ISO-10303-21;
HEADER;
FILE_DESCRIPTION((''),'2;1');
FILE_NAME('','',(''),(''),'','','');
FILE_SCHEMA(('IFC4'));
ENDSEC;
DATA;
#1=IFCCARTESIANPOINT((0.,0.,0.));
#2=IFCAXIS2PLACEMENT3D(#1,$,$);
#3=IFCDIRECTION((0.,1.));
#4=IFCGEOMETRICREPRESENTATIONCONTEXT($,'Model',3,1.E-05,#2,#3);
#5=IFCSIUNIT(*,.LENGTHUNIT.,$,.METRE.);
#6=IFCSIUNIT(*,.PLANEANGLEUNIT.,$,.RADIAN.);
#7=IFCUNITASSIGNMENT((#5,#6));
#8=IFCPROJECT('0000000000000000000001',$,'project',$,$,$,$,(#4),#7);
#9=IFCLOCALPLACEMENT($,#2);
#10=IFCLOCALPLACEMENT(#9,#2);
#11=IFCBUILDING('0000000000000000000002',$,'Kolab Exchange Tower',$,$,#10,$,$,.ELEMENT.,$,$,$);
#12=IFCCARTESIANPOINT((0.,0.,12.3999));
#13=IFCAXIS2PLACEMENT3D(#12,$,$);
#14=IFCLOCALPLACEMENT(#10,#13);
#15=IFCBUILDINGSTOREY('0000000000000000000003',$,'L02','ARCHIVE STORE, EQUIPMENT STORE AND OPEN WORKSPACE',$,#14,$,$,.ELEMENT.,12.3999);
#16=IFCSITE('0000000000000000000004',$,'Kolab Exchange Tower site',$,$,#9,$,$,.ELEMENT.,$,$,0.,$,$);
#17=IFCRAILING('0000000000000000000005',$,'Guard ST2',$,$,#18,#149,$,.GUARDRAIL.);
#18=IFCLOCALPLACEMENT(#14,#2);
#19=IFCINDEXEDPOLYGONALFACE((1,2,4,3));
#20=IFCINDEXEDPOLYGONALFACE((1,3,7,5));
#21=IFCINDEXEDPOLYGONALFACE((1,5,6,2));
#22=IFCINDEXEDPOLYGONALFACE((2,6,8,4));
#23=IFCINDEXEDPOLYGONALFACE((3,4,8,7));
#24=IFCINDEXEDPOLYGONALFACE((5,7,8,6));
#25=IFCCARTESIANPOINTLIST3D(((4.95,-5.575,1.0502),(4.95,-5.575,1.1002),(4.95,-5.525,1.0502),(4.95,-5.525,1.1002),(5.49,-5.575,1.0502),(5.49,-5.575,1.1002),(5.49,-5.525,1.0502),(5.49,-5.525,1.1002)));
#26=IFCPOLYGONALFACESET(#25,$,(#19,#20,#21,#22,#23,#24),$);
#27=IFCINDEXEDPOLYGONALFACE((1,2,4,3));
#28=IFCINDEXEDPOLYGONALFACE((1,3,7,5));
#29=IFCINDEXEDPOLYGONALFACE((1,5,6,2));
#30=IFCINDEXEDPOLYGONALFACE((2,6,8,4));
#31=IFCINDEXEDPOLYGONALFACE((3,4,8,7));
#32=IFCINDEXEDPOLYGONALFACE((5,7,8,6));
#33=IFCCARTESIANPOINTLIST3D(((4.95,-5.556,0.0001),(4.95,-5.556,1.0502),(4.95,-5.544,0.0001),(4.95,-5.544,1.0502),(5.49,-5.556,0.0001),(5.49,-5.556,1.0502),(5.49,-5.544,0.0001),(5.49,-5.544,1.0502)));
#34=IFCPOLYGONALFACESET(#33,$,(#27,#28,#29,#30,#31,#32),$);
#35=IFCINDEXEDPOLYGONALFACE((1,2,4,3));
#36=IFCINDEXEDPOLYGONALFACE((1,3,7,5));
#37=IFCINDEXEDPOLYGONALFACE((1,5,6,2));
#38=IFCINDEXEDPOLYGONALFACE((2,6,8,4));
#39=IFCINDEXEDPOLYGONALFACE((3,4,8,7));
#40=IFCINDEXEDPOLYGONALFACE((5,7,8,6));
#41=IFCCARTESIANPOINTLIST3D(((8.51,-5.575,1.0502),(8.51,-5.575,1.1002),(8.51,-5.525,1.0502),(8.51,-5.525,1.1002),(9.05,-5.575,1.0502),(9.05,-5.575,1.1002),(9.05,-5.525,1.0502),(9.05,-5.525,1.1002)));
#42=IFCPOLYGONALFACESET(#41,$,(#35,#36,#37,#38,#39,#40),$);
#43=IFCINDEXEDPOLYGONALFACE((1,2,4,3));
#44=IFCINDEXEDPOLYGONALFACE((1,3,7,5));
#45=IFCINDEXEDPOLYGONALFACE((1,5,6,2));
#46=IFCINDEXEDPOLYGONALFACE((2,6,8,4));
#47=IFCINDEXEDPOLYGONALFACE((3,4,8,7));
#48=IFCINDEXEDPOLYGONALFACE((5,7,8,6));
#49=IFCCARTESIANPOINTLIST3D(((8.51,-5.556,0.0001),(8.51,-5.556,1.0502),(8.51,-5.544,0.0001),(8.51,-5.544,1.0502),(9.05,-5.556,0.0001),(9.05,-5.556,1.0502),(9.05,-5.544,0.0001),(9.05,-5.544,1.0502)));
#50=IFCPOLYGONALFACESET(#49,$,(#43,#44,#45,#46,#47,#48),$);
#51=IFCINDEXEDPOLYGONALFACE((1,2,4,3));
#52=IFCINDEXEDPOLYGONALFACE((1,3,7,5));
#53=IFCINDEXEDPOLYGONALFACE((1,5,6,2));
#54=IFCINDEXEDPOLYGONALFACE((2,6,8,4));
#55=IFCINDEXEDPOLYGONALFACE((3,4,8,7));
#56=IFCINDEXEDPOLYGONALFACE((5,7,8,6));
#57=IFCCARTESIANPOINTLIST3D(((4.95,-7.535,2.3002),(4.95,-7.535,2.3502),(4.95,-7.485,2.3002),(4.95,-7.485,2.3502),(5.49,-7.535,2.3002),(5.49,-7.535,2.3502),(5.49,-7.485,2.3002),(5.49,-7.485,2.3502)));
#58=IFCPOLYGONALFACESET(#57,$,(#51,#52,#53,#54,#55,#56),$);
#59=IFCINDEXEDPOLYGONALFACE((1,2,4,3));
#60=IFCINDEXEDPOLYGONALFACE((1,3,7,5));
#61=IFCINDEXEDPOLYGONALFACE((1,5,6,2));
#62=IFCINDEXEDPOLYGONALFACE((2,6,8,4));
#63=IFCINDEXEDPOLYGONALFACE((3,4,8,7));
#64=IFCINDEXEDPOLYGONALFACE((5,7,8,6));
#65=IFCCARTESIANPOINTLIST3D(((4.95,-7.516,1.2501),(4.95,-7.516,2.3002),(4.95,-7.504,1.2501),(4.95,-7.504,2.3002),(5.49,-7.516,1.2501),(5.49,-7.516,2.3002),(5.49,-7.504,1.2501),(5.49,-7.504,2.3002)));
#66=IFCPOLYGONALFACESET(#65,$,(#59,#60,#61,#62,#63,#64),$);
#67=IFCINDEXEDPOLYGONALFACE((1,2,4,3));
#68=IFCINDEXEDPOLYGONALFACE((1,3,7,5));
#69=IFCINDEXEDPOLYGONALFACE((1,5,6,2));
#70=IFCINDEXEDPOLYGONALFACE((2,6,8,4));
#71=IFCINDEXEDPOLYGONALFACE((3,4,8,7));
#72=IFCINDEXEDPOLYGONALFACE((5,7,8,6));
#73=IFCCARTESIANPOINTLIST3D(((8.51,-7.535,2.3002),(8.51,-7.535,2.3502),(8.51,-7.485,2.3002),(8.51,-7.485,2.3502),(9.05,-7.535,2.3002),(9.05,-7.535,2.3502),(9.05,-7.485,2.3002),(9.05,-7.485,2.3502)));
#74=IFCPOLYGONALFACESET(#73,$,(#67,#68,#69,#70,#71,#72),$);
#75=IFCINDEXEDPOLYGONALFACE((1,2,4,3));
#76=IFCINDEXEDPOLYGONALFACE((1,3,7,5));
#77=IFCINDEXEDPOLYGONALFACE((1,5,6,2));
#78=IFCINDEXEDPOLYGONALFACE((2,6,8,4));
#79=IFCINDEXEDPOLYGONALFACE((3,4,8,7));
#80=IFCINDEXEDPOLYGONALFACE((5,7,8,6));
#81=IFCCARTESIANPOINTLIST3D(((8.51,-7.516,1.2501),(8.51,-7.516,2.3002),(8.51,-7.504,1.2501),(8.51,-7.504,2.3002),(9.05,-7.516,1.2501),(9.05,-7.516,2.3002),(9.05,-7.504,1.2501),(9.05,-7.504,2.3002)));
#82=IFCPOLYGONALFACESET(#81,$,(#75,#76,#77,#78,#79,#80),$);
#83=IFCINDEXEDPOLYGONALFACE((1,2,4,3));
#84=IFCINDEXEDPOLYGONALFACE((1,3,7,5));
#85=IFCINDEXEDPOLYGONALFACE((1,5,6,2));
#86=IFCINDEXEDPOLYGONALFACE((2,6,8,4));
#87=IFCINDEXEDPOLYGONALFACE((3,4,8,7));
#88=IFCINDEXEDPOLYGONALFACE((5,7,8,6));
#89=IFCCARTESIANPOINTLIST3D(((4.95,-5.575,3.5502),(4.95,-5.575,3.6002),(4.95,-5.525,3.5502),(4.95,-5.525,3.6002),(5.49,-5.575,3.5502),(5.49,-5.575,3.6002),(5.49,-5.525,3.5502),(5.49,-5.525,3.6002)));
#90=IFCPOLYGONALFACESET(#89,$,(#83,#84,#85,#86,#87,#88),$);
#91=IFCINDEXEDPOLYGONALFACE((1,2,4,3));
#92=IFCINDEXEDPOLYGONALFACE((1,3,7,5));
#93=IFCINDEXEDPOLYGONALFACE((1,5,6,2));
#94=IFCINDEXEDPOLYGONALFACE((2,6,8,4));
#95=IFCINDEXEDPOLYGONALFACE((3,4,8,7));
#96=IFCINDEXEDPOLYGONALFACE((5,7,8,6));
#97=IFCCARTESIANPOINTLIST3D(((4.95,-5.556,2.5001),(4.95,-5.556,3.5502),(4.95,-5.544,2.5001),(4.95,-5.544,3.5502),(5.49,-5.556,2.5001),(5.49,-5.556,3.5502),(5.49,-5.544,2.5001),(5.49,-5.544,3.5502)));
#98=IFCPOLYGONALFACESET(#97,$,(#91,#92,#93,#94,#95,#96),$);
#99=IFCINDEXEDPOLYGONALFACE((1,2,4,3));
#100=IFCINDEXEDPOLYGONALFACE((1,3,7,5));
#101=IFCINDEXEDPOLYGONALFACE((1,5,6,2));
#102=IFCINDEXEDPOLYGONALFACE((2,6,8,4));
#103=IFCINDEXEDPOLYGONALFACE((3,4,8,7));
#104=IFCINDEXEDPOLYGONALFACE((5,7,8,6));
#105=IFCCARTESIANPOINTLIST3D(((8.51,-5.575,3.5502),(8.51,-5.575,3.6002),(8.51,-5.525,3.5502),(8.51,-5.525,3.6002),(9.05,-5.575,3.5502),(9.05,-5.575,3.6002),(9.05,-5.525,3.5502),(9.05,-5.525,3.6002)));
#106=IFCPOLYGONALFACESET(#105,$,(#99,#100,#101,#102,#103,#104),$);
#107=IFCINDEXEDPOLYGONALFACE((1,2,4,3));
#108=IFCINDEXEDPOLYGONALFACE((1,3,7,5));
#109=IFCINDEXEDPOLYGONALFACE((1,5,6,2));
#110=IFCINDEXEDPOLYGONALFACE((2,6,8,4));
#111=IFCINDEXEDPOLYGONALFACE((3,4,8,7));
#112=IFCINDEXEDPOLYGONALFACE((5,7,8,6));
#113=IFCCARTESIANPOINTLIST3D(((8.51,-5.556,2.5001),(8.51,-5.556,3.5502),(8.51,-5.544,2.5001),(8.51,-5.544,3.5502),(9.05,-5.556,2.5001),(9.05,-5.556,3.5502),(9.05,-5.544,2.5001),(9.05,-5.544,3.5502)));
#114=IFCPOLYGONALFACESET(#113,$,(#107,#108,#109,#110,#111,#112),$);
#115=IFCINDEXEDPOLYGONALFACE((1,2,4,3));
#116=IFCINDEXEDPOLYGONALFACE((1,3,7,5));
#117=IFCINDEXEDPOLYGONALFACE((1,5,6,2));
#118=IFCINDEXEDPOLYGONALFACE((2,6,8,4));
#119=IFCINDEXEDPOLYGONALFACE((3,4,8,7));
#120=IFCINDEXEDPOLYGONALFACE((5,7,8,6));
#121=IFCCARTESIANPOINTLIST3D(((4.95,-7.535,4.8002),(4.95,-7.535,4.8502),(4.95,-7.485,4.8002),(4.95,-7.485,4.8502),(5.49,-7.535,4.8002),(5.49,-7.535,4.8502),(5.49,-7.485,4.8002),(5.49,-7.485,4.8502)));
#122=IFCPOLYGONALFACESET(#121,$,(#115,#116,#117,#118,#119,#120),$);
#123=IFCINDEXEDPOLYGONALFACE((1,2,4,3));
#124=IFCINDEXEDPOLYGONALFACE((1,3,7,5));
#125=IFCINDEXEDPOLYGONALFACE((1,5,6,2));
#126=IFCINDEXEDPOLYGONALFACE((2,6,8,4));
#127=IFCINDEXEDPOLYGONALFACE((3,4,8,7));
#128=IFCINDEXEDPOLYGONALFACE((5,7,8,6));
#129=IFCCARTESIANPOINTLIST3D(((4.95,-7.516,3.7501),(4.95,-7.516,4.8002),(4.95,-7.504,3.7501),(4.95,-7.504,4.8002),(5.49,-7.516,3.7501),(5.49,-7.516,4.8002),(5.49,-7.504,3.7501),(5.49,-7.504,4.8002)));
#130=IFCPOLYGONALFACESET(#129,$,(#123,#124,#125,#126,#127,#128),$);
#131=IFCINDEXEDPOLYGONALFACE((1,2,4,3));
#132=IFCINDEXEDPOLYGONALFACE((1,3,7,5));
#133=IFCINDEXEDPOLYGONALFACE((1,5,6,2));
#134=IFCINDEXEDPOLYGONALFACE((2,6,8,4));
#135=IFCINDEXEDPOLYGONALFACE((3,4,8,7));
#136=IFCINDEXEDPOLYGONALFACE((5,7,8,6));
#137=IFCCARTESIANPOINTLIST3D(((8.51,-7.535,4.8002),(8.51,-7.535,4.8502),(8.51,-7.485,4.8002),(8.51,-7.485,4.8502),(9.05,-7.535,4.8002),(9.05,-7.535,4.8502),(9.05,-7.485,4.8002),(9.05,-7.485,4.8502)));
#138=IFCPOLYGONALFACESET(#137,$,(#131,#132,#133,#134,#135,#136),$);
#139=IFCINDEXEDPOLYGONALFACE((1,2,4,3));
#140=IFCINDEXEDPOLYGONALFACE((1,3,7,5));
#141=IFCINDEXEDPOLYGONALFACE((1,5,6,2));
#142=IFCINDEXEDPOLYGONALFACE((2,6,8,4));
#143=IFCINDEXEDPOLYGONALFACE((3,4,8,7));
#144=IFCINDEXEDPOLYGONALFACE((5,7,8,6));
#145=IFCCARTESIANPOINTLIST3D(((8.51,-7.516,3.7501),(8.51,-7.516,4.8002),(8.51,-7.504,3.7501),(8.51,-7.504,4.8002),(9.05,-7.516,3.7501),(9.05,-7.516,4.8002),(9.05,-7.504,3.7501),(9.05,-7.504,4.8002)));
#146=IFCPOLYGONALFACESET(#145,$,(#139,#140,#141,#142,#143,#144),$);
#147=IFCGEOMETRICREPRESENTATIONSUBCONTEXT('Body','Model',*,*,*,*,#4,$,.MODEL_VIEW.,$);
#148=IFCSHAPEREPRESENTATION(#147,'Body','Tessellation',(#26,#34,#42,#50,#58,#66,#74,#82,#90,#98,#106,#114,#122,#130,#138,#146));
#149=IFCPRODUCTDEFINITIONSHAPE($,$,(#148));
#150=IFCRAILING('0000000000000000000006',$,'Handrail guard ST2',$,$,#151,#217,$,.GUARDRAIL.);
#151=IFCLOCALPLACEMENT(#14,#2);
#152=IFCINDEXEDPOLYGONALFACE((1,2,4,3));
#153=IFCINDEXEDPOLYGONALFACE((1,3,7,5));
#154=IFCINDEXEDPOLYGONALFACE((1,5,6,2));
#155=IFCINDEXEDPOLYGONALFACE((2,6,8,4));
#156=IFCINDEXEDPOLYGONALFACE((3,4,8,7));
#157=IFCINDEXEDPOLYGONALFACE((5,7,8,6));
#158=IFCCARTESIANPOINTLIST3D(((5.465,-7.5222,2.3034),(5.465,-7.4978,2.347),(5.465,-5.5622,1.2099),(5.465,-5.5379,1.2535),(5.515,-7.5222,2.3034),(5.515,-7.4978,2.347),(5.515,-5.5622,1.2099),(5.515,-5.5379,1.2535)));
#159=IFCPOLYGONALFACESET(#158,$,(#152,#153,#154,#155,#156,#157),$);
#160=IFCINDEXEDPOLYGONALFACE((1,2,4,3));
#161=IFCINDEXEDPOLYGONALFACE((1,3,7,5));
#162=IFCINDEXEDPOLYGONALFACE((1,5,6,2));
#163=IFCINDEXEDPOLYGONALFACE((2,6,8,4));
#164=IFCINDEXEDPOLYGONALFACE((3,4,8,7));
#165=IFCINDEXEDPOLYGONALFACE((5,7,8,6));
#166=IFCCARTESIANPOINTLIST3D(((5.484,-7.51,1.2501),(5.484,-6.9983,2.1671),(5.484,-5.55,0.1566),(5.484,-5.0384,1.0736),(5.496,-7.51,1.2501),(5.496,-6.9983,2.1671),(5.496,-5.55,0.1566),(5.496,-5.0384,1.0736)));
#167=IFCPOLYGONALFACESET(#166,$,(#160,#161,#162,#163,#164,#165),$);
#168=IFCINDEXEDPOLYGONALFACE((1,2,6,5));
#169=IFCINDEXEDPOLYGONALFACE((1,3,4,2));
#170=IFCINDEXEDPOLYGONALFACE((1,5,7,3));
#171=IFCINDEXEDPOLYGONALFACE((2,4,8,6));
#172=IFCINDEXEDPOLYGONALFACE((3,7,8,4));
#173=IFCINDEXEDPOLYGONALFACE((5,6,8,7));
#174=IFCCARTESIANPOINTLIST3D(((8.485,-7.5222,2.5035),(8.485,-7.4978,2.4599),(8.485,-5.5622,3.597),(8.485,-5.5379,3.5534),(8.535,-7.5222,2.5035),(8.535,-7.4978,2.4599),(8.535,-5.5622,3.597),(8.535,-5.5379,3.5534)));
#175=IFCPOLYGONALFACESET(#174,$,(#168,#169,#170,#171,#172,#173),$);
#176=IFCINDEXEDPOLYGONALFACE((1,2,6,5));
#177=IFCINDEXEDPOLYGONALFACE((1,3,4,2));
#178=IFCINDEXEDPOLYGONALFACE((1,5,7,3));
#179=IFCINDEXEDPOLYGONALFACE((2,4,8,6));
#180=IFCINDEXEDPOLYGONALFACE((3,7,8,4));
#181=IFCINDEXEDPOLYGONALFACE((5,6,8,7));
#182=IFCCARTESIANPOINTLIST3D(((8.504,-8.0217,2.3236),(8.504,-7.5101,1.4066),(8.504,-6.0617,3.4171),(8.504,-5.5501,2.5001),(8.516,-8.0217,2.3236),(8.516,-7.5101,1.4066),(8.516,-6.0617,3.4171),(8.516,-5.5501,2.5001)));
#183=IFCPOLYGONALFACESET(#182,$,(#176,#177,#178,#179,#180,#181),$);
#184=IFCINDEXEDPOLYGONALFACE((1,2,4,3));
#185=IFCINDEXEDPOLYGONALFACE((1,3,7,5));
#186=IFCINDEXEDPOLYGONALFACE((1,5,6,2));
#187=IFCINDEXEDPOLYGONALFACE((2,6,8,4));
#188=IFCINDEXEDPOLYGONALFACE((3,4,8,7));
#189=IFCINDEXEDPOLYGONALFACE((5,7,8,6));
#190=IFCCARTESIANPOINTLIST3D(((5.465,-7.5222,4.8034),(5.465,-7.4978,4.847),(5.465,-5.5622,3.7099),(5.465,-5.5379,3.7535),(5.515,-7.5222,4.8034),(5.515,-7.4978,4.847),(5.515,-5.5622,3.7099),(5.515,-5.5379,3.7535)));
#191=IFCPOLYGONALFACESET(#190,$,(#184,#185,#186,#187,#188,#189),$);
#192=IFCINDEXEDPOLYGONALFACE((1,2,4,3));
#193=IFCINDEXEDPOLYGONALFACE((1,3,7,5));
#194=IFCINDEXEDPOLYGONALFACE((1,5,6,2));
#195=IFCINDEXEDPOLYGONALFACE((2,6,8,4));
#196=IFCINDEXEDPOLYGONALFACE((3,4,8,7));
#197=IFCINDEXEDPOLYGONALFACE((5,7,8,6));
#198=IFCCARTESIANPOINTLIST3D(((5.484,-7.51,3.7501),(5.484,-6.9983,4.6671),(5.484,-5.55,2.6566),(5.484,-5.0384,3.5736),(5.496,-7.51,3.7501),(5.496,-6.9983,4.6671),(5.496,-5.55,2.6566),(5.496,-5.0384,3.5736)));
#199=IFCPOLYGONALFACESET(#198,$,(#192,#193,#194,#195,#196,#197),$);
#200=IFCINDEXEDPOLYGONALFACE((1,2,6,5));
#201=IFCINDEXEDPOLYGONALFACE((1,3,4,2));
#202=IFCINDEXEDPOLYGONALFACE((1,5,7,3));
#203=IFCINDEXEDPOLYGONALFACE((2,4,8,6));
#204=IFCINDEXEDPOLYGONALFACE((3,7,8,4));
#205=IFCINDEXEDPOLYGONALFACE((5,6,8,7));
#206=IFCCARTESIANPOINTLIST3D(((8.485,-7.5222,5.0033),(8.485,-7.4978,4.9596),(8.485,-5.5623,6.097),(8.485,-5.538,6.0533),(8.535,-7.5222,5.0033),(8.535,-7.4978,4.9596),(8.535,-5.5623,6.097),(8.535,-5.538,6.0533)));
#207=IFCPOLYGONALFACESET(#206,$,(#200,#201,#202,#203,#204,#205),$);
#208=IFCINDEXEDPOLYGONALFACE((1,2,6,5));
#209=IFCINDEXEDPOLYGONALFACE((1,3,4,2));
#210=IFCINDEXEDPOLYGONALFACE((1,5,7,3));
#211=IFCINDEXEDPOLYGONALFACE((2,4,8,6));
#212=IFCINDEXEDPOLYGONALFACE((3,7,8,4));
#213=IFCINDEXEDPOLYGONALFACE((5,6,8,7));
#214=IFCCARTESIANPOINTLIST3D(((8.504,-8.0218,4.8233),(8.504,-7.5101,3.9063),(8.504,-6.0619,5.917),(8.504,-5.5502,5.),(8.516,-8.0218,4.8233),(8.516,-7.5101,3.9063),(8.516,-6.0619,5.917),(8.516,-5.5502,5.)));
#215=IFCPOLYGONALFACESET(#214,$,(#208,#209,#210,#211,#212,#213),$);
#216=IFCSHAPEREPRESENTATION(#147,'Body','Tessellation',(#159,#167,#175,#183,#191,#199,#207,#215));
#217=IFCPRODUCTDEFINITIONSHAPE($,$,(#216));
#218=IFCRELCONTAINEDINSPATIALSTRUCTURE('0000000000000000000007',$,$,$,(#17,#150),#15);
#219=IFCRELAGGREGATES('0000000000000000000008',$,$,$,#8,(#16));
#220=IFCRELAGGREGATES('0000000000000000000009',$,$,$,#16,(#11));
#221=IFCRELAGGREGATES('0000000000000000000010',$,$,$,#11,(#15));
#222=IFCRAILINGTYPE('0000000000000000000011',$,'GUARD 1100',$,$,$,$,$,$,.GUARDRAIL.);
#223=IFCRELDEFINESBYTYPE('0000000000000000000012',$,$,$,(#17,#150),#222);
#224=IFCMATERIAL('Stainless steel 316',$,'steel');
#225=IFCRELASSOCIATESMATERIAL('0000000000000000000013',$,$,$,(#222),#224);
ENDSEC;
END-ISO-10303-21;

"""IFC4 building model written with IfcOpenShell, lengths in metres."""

from ifc_helpers import new_model, si_unit, direction, frame, frame_2d, origin, origin_2d, place, context, subcontext, project, spatial, rectangle, extrude, material, type_object, element, save


model = new_model("IFC4")

# Units and contexts
model_context = context("Model", 3, precision=1e-05, world=origin(), true_north=direction((0.0, 1.0)))
body_context = subcontext(model_context, "Body", "Model", "MODEL_VIEW")
ifc_project = project(units=[si_unit("LENGTHUNIT", "METRE"), si_unit("PLANEANGLEUNIT", "RADIAN")], contexts=[model_context])

# Site, building, storey
site_placement = place(None, origin())
site = spatial("IfcSite", under=ifc_project, at=site_placement, Name="Kolab Exchange Tower site", CompositionType="ELEMENT", RefElevation=0.0)
building_placement = place(site_placement, origin())
building = spatial("IfcBuilding", under=site, at=building_placement, Name="Kolab Exchange Tower", CompositionType="ELEMENT")
storey_placement = place(building_placement, frame((0.0, 0.0, 12.3999)))
storey = spatial("IfcBuildingStorey", under=building, at=storey_placement, Name="L02", Description="ARCHIVE STORE, EQUIPMENT STORE AND OPEN WORKSPACE", CompositionType="ELEMENT", Elevation=12.3999)

# Shared definitions
ifc_material_1 = material(Name="Stainless steel 316", Category="steel")

# Railings
railing_type = type_object("IfcRailingType", Name="GUARD 1100", PredefinedType="GUARDRAIL", material=ifc_material_1)
railing_1_placement = place(storey_placement, frame((4.95, -5.55, 0.0)))
element("IfcRailing", 1, at=railing_1_placement, inside=storey, type_object=railing_type, Name="Guard ST2", PredefinedType="GUARDRAIL", context=body_context, shape_type="SweptSolid", body=[
    extrude(rectangle(XDim=0.05, YDim=0.05, at=origin_2d()), frame((0.0, 0.0, 1.0752), z_axis=(1.0, 0.0, 0.0), x_axis=(0.0, 1.0, 0.0)), (0.0, 0.0, 1.0), 0.54),
    extrude(rectangle(XDim=0.012, YDim=1.0501, at=frame_2d((0.0, 0.5251))), frame((0.0, 0.0, 0.0), z_axis=(1.0, 0.0, 0.0), x_axis=(0.0, 1.0, 0.0)), (0.0, 0.0, 1.0), 0.54),
    extrude(rectangle(XDim=0.05, YDim=0.05, at=origin_2d()), frame((3.5601, 0.0, 1.0752), z_axis=(1.0, 0.0, 0.0), x_axis=(0.0, 1.0, 0.0)), (0.0, 0.0, 1.0), 0.54),
    extrude(rectangle(XDim=0.012, YDim=1.0501, at=frame_2d((0.0, 0.5251))), frame((3.5601, 0.0, 0.0), z_axis=(1.0, 0.0, 0.0), x_axis=(0.0, 1.0, 0.0)), (0.0, 0.0, 1.0), 0.54),
    extrude(rectangle(XDim=0.05, YDim=0.05, at=origin_2d()), frame((0.0, -1.96, 2.3252), z_axis=(1.0, 0.0, 0.0), x_axis=(0.0, 1.0, 0.0)), (0.0, 0.0, 1.0), 0.54),
    extrude(rectangle(XDim=0.012, YDim=1.0501, at=frame_2d((0.0, 0.5251))), frame((0.0, -1.96, 1.25), z_axis=(1.0, 0.0, 0.0), x_axis=(0.0, 1.0, 0.0)), (0.0, 0.0, 1.0), 0.54),
    extrude(rectangle(XDim=0.05, YDim=0.05, at=origin_2d()), frame((3.5601, -1.96, 2.3252), z_axis=(1.0, 0.0, 0.0), x_axis=(0.0, 1.0, 0.0)), (0.0, 0.0, 1.0), 0.54),
    extrude(rectangle(XDim=0.012, YDim=1.0501, at=frame_2d((0.0, 0.5251))), frame((3.5601, -1.96, 1.25), z_axis=(1.0, 0.0, 0.0), x_axis=(0.0, 1.0, 0.0)), (0.0, 0.0, 1.0), 0.54),
    extrude(rectangle(XDim=0.05, YDim=0.05, at=origin_2d()), frame((0.0, 0.0, 3.5752), z_axis=(1.0, 0.0, 0.0), x_axis=(0.0, 1.0, 0.0)), (0.0, 0.0, 1.0), 0.54),
    extrude(rectangle(XDim=0.012, YDim=1.0501, at=frame_2d((0.0, 0.5251))), frame((0.0, 0.0, 2.5), z_axis=(1.0, 0.0, 0.0), x_axis=(0.0, 1.0, 0.0)), (0.0, 0.0, 1.0), 0.54),
    extrude(rectangle(XDim=0.05, YDim=0.05, at=origin_2d()), frame((3.5601, 0.0, 3.5752), z_axis=(1.0, 0.0, 0.0), x_axis=(0.0, 1.0, 0.0)), (0.0, 0.0, 1.0), 0.54),
    extrude(rectangle(XDim=0.012, YDim=1.0501, at=frame_2d((0.0, 0.5251))), frame((3.5601, 0.0, 2.5), z_axis=(1.0, 0.0, 0.0), x_axis=(0.0, 1.0, 0.0)), (0.0, 0.0, 1.0), 0.54),
    extrude(rectangle(XDim=0.05, YDim=0.05, at=origin_2d()), frame((0.0, -1.96, 4.8252), z_axis=(1.0, 0.0, 0.0), x_axis=(0.0, 1.0, 0.0)), (0.0, 0.0, 1.0), 0.54),
    extrude(rectangle(XDim=0.012, YDim=1.0501, at=frame_2d((0.0, 0.5251))), frame((0.0, -1.96, 3.75), z_axis=(1.0, 0.0, 0.0), x_axis=(0.0, 1.0, 0.0)), (0.0, 0.0, 1.0), 0.54),
    extrude(rectangle(XDim=0.05, YDim=0.05, at=origin_2d()), frame((3.5601, -1.96, 4.8252), z_axis=(1.0, 0.0, 0.0), x_axis=(0.0, 1.0, 0.0)), (0.0, 0.0, 1.0), 0.54),
    extrude(rectangle(XDim=0.012, YDim=1.0501, at=frame_2d((0.0, 0.5251))), frame((3.5601, -1.96, 3.75), z_axis=(1.0, 0.0, 0.0), x_axis=(0.0, 1.0, 0.0)), (0.0, 0.0, 1.0), 0.54),
])
railing_2_placement = place(storey_placement, frame((5.49, -5.55, 0.1565)))
element("IfcRailing", 2, at=railing_2_placement, inside=storey, type_object=railing_type, Name="Handrail guard ST2", PredefinedType="GUARDRAIL", context=body_context, shape_type="SweptSolid", body=[
    extrude(rectangle(XDim=0.05, YDim=0.05, at=origin_2d()), frame((0.0, 0.0, 1.0752), z_axis=(0.0, -0.873278, 0.487221), x_axis=(1.0, 0.0, 0.0)), (0.0, 0.0, 1.0), 2.2444),
    extrude(rectangle(XDim=0.012, YDim=1.0501, at=frame_2d((0.0, 0.5251))), frame((0.0, 0.0, 0.0), z_axis=(0.0, -0.873278, 0.487221), x_axis=(1.0, 0.0, 0.0)), (0.0, 0.0, 1.0), 2.2444),
    extrude(rectangle(XDim=0.05, YDim=0.05, at=origin_2d()), frame((3.02, -1.96, 2.3252), z_axis=(0.0, 0.873278, 0.487221), x_axis=(-1.0, 0.0, 0.0)), (0.0, 0.0, 1.0), 2.2444),
    extrude(rectangle(XDim=0.012, YDim=1.0501, at=frame_2d((0.0, 0.5251))), frame((3.02, -1.96, 1.25), z_axis=(0.0, 0.873278, 0.487221), x_axis=(-1.0, 0.0, 0.0)), (0.0, 0.0, 1.0), 2.2444),
    extrude(rectangle(XDim=0.05, YDim=0.05, at=origin_2d()), frame((0.0, 0.0, 3.5752), z_axis=(0.0, -0.873278, 0.487221), x_axis=(1.0, 0.0, 0.0)), (0.0, 0.0, 1.0), 2.2444),
    extrude(rectangle(XDim=0.012, YDim=1.0501, at=frame_2d((0.0, 0.5251))), frame((0.0, 0.0, 2.5), z_axis=(0.0, -0.873278, 0.487221), x_axis=(1.0, 0.0, 0.0)), (0.0, 0.0, 1.0), 2.2444),
    extrude(rectangle(XDim=0.05, YDim=0.05, at=origin_2d()), frame((3.02, -1.96, 4.825), z_axis=(0.0, 0.873232, 0.487304), x_axis=(-1.0, 0.0, 0.0)), (0.0, 0.0, 1.0), 2.2444),
    extrude(rectangle(XDim=0.012, YDim=1.0501, at=frame_2d((0.0, 0.5251))), frame((3.02, -1.96, 3.7498), z_axis=(0.0, 0.873232, 0.487304), x_axis=(-1.0, 0.0, 0.0)), (0.0, 0.0, 1.0), 2.2444),
])

save(model, "model.ifc")
